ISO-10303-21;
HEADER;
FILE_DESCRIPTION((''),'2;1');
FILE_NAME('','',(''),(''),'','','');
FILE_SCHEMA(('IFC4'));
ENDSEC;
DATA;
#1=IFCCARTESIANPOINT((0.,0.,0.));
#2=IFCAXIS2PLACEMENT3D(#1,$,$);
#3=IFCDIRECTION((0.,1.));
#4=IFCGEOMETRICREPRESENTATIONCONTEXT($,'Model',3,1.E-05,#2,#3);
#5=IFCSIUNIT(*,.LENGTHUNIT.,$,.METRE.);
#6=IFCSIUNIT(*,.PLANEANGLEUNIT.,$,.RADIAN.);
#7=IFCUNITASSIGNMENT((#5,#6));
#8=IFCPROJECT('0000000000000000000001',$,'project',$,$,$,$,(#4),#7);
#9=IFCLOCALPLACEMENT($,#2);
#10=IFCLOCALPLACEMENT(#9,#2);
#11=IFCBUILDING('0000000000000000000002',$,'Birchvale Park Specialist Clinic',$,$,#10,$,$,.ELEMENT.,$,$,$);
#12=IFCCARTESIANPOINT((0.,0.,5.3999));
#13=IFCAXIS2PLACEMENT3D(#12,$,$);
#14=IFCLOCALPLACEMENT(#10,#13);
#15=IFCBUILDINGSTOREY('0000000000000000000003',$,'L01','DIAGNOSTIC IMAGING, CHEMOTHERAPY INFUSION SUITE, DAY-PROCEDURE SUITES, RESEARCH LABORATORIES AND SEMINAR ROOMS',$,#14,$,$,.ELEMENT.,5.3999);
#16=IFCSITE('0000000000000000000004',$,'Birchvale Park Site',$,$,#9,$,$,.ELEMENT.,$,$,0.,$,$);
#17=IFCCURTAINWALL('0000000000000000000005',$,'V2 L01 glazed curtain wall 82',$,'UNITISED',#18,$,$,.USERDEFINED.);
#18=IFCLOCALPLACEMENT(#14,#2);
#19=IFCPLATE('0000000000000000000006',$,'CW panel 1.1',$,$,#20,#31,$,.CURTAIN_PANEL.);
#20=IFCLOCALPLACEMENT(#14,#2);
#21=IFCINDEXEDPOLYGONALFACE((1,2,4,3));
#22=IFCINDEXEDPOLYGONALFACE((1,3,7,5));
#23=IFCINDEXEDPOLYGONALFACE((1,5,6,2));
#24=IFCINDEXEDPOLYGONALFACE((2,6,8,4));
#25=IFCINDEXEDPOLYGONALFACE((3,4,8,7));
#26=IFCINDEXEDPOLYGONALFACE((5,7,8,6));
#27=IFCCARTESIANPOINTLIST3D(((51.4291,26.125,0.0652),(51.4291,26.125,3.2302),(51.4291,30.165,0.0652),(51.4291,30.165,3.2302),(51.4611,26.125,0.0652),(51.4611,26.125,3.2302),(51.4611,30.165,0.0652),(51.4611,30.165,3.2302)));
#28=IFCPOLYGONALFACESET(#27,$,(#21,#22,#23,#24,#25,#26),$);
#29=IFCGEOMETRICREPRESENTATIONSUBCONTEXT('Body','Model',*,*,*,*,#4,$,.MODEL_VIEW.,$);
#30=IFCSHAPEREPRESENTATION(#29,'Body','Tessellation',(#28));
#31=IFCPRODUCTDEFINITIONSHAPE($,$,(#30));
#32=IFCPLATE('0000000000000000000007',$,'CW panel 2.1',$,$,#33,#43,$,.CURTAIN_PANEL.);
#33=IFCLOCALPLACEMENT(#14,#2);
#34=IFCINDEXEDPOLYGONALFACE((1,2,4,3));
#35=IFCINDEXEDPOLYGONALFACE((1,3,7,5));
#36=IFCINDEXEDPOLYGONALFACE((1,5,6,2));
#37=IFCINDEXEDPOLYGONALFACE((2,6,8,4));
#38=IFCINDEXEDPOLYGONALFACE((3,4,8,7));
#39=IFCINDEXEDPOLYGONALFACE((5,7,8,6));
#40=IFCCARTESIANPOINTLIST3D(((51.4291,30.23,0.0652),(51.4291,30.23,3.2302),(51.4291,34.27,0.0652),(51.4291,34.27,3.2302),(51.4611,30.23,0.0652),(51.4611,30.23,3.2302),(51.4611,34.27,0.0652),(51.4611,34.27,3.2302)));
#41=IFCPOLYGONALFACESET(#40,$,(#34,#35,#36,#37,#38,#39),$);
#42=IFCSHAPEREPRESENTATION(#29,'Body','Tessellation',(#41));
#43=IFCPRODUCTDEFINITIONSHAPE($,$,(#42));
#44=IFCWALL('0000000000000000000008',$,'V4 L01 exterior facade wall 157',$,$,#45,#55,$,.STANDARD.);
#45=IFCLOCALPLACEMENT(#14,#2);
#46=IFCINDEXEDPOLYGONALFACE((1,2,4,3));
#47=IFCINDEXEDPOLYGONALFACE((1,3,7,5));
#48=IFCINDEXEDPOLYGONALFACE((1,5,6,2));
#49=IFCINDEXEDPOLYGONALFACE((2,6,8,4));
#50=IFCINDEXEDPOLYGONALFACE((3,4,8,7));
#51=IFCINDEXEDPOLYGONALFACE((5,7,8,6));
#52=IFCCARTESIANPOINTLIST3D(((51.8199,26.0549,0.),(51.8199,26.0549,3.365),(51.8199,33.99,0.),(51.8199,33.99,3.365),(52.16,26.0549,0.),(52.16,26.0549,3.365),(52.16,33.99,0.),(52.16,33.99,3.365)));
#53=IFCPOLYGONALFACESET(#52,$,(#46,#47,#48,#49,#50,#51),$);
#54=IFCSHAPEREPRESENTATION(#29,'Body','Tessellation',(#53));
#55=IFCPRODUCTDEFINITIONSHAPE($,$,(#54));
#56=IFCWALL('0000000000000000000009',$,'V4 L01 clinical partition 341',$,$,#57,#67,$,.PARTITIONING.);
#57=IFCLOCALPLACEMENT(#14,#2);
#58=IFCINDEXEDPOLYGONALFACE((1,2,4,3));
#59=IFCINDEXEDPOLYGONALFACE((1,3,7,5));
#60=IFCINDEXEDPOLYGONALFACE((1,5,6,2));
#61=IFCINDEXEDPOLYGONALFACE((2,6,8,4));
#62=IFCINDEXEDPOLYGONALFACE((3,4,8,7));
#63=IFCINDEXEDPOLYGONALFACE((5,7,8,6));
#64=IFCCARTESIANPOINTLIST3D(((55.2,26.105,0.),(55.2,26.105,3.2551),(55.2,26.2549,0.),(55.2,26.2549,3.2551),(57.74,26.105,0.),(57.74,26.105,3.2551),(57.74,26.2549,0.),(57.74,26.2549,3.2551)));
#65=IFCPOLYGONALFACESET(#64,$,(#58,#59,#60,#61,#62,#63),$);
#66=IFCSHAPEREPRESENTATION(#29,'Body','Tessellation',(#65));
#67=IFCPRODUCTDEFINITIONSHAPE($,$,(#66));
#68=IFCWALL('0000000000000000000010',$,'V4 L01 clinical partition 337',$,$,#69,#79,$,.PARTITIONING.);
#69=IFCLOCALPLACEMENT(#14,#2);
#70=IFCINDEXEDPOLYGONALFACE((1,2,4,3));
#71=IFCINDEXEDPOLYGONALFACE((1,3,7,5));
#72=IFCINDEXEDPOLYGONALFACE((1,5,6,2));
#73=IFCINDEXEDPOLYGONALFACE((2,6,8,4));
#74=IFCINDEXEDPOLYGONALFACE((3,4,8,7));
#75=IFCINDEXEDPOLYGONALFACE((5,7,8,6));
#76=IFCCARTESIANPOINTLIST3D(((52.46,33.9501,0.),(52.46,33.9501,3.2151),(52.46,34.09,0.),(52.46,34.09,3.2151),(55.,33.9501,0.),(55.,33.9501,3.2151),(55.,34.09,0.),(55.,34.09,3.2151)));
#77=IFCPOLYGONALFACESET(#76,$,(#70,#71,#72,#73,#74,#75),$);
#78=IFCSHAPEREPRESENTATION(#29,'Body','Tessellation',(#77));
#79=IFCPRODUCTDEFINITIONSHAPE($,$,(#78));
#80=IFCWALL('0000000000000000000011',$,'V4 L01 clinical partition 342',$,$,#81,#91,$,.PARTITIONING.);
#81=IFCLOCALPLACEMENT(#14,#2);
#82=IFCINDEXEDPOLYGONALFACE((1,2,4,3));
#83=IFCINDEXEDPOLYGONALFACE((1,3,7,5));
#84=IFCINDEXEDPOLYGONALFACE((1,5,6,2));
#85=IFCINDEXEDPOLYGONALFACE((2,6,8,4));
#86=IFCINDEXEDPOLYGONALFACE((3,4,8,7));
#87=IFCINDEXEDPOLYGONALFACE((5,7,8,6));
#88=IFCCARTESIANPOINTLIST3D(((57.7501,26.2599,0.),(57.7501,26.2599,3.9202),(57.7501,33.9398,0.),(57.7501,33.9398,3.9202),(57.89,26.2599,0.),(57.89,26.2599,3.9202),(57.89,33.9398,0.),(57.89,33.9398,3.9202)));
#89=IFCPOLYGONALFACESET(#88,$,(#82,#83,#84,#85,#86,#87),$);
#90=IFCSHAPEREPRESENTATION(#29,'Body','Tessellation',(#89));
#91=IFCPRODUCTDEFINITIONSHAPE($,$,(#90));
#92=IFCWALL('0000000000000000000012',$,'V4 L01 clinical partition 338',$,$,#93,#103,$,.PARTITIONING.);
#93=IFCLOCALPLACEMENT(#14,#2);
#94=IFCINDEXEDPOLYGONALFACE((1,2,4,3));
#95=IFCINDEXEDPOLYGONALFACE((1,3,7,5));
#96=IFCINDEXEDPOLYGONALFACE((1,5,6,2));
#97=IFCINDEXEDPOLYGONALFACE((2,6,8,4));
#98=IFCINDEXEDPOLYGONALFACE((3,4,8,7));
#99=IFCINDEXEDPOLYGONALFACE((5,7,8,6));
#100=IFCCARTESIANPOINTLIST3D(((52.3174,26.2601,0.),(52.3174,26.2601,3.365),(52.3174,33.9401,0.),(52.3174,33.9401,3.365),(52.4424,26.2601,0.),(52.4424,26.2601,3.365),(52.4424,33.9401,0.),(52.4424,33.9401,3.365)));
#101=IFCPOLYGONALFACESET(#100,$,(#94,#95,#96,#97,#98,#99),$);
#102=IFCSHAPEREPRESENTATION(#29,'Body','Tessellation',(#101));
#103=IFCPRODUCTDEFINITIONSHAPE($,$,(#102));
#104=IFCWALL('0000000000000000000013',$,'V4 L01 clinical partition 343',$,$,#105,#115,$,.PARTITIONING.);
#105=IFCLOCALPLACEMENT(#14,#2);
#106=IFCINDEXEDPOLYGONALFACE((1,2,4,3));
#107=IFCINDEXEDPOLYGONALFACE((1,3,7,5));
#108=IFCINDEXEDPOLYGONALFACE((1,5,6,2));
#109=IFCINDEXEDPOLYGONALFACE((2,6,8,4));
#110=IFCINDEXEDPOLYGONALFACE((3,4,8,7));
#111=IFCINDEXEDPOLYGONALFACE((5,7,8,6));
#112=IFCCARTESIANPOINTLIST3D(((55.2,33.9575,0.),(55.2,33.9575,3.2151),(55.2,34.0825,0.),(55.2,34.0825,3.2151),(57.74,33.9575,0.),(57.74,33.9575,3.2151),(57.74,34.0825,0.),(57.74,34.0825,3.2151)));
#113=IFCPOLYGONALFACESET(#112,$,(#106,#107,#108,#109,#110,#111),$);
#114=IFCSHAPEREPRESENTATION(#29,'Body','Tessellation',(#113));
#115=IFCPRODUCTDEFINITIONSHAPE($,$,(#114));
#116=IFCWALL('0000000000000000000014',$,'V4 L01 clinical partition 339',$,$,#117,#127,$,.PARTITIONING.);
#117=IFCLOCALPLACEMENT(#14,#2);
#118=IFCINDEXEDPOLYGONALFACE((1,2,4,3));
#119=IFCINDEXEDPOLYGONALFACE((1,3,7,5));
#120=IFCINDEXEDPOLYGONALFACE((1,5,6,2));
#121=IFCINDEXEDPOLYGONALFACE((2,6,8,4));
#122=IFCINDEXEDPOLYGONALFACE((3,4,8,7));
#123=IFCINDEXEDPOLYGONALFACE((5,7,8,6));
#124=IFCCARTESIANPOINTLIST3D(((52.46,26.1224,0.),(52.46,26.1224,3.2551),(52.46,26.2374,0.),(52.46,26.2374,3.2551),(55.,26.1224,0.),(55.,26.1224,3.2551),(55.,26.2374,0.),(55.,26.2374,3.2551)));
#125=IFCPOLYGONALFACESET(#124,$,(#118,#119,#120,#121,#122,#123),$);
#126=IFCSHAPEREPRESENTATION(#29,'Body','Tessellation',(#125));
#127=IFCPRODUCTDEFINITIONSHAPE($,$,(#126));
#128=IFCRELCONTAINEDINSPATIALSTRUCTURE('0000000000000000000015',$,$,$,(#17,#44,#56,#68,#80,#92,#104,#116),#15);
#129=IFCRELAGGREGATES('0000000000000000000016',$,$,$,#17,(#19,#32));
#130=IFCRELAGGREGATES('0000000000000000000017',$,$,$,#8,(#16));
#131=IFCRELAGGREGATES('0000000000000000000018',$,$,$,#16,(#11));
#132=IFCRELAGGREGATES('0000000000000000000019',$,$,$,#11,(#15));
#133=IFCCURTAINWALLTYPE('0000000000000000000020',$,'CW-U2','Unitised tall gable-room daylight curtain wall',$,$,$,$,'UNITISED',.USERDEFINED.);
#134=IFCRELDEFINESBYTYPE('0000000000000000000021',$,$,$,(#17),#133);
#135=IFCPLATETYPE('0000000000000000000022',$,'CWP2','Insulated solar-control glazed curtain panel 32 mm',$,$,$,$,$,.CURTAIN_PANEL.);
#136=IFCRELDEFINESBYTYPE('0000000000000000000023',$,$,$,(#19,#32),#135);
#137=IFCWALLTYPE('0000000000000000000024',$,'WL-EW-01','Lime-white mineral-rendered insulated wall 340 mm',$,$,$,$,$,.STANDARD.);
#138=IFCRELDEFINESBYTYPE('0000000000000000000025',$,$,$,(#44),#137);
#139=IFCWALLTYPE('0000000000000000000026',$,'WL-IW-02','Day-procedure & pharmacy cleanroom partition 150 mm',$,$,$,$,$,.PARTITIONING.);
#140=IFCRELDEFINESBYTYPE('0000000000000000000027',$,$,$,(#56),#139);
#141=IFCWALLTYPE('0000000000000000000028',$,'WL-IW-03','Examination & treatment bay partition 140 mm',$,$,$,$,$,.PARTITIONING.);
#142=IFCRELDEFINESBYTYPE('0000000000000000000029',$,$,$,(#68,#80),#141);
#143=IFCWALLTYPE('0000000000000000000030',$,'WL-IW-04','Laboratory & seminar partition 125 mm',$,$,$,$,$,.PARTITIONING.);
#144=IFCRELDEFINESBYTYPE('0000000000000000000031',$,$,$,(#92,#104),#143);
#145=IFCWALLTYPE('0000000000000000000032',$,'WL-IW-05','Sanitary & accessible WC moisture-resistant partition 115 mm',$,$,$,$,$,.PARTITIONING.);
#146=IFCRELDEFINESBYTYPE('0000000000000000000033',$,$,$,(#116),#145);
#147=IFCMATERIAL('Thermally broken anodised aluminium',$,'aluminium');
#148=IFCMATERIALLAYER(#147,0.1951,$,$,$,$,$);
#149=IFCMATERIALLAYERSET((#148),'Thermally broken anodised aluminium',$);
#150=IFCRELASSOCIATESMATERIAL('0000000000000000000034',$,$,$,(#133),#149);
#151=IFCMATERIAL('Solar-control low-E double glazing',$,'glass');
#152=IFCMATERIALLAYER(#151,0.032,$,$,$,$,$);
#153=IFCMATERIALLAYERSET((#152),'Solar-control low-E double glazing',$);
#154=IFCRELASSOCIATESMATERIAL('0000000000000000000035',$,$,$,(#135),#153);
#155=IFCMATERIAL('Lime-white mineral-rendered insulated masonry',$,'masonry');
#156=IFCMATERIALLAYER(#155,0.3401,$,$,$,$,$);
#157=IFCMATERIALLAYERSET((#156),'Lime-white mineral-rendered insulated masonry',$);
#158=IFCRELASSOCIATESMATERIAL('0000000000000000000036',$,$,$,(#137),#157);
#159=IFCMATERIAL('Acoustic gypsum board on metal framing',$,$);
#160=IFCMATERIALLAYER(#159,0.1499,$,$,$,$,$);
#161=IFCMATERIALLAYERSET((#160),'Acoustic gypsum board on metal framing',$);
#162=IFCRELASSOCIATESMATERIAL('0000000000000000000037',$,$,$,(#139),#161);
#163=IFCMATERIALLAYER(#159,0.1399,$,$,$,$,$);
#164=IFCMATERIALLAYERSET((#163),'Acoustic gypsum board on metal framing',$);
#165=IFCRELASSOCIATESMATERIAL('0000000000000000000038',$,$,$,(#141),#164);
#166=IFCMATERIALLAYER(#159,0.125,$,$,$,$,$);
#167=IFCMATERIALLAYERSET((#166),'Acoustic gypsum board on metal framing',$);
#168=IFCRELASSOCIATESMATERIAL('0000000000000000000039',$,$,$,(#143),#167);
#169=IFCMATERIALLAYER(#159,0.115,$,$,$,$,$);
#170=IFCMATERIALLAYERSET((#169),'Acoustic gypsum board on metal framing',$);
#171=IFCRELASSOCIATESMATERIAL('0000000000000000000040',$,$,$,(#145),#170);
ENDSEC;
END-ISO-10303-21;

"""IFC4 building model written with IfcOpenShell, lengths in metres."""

from ifc_helpers import new_model, si_unit, direction, frame, frame_2d, origin, origin_2d, place, context, subcontext, project, spatial, rectangle, extrude, material, layer, layer_set, type_object, element, aggregate, save


model = new_model("IFC4")

# Units and contexts
model_context = context("Model", 3, precision=1e-05, world=origin(), true_north=direction((0.0, 1.0)))
body_context = subcontext(model_context, "Body", "Model", "MODEL_VIEW")
ifc_project = project(units=[si_unit("LENGTHUNIT", "METRE"), si_unit("PLANEANGLEUNIT", "RADIAN")], contexts=[model_context])

# Site, building, storey
site_placement = place(None, origin())
site = spatial("IfcSite", under=ifc_project, at=site_placement, Name="Birchvale Park Site", CompositionType="ELEMENT", RefElevation=0.0)
building_placement = place(site_placement, origin())
building = spatial("IfcBuilding", under=site, at=building_placement, Name="Birchvale Park Specialist Clinic", CompositionType="ELEMENT")
storey_placement = place(building_placement, frame((0.0, 0.0, 5.3999)))
storey = spatial("IfcBuildingStorey", under=building, at=storey_placement, Name="L01", Description="DIAGNOSTIC IMAGING, CHEMOTHERAPY INFUSION SUITE, DAY-PROCEDURE SUITES, RESEARCH LABORATORIES AND SEMINAR ROOMS", CompositionType="ELEMENT", Elevation=5.3999)

# Curtain wall
ifc_material_1 = material(Name="Thermally broken anodised aluminium", Category="aluminium")
ifc_layer_1 = layer(ifc_material_1, 0.1951)
ifc_layer_set_1 = layer_set([ifc_layer_1], Name="Thermally broken anodised aluminium")
curtain_wall_type_1 = type_object("IfcCurtainWallType", Name="CW-U2", Description="Unitised tall gable-room daylight curtain wall", ElementType="UNITISED", PredefinedType="USERDEFINED", material=ifc_layer_set_1)
curtain_wall_1_placement = place(storey_placement, origin())
curtain_wall_1 = element("IfcCurtainWall", 1, at=curtain_wall_1_placement, inside=storey, type_object=curtain_wall_type_1, Name="V2 L01 glazed curtain wall 82", ObjectType="UNITISED", PredefinedType="USERDEFINED")

# Plates
ifc_material_2 = material(Name="Solar-control low-E double glazing", Category="glass")
ifc_layer_2 = layer(ifc_material_2, 0.032)
ifc_layer_set_2 = layer_set([ifc_layer_2], Name="Solar-control low-E double glazing")
plate_type_1 = type_object("IfcPlateType", Name="CWP2", Description="Insulated solar-control glazed curtain panel 32 mm", PredefinedType="CURTAIN_PANEL", material=ifc_layer_set_2)
plate_1_placement = place(storey_placement, frame((51.4451, 28.145, 0.0652), z_axis=(0.0, 0.0, 1.0), x_axis=(0.0, 1.0, 0.0)))
plate_1 = element("IfcPlate", 2, at=plate_1_placement, type_object=plate_type_1, Name="CW panel 1.1", PredefinedType="CURTAIN_PANEL", context=body_context, shape_type="SweptSolid", body=[
    extrude(rectangle(XDim=4.04, YDim=0.032, at=origin_2d()), origin(), (0.0, 0.0, 1.0), 3.165),
])
plate_2_placement = place(storey_placement, frame((51.4451, 32.25, 0.0652), z_axis=(0.0, 0.0, 1.0), x_axis=(0.0, 1.0, 0.0)))
plate_2 = element("IfcPlate", 3, at=plate_2_placement, type_object=plate_type_1, Name="CW panel 2.1", PredefinedType="CURTAIN_PANEL", context=body_context, shape_type="SweptSolid", body=[
    extrude(rectangle(XDim=4.04, YDim=0.032, at=origin_2d()), origin(), (0.0, 0.0, 1.0), 3.165),
])
aggregate(curtain_wall_1, [plate_1, plate_2])

# Walls
ifc_material_3 = material(Name="Lime-white mineral-rendered insulated masonry", Category="masonry")
ifc_layer_3 = layer(ifc_material_3, 0.3401)
ifc_layer_set_3 = layer_set([ifc_layer_3], Name="Lime-white mineral-rendered insulated masonry")
wall_type_1 = type_object("IfcWallType", Name="WL-EW-01", Description="Lime-white mineral-rendered insulated wall 340 mm", PredefinedType="STANDARD", material=ifc_layer_set_3)
wall_1_placement = place(storey_placement, frame((51.99, 33.99, 0.0), z_axis=(0.0, 0.0, 1.0), x_axis=(0.0, -1.0, 0.0)))
element("IfcWall", 4, at=wall_1_placement, inside=storey, type_object=wall_type_1, Name="V4 L01 exterior facade wall 157", PredefinedType="STANDARD", context=body_context, shape_type="SweptSolid", body=[
    extrude(rectangle(XDim=7.9351, YDim=0.3401, at=frame_2d((3.9675, 0.0))), origin(), (0.0, 0.0, 1.0), 3.365),
])
ifc_material_4 = material(Name="Acoustic gypsum board on metal framing")
ifc_layer_4 = layer(ifc_material_4, 0.1499)
ifc_layer_set_4 = layer_set([ifc_layer_4], Name="Acoustic gypsum board on metal framing")
wall_type_2 = type_object("IfcWallType", Name="WL-IW-02", Description="Day-procedure & pharmacy cleanroom partition 150 mm", PredefinedType="PARTITIONING", material=ifc_layer_set_4)
wall_2_placement = place(storey_placement, frame((55.2, 26.1799, 0.0), z_axis=(0.0, 0.0, 1.0), x_axis=(1.0, 0.0, 0.0)))
element("IfcWall", 5, at=wall_2_placement, inside=storey, type_object=wall_type_2, Name="V4 L01 clinical partition 341", PredefinedType="PARTITIONING", context=body_context, shape_type="SweptSolid", body=[
    extrude(rectangle(XDim=2.54, YDim=0.1499, at=frame_2d((1.27, 0.0))), origin(), (0.0, 0.0, 1.0), 3.2551),
])
ifc_layer_5 = layer(ifc_material_4, 0.1399)
ifc_layer_set_5 = layer_set([ifc_layer_5], Name="Acoustic gypsum board on metal framing")
wall_type_3 = type_object("IfcWallType", Name="WL-IW-03", Description="Examination & treatment bay partition 140 mm", PredefinedType="PARTITIONING", material=ifc_layer_set_5)
wall_3_placement = place(storey_placement, frame((55.0, 34.02, 0.0), z_axis=(0.0, 0.0, 1.0), x_axis=(-1.0, 0.0, 0.0)))
element("IfcWall", 6, at=wall_3_placement, inside=storey, type_object=wall_type_3, Name="V4 L01 clinical partition 337", PredefinedType="PARTITIONING", context=body_context, shape_type="SweptSolid", body=[
    extrude(rectangle(XDim=2.54, YDim=0.1399, at=frame_2d((1.27, 0.0))), origin(), (0.0, 0.0, 1.0), 3.2151),
])
wall_4_placement = place(storey_placement, frame((57.8201, 26.26, 0.0), z_axis=(0.0, 0.0, 1.0), x_axis=(0.0, 1.0, 0.0)))
element("IfcWall", 7, at=wall_4_placement, inside=storey, type_object=wall_type_3, Name="V4 L01 clinical partition 342", PredefinedType="PARTITIONING", context=body_context, shape_type="SweptSolid", body=[
    extrude(rectangle(XDim=7.6799, YDim=0.1399, at=frame_2d((3.8398, 0.0))), origin(), (0.0, 0.0, 1.0), 3.9202),
])
ifc_layer_6 = layer(ifc_material_4, 0.125)
ifc_layer_set_6 = layer_set([ifc_layer_6], Name="Acoustic gypsum board on metal framing")
wall_type_4 = type_object("IfcWallType", Name="WL-IW-04", Description="Laboratory & seminar partition 125 mm", PredefinedType="PARTITIONING", material=ifc_layer_set_6)
wall_5_placement = place(storey_placement, frame((52.3799, 33.9399, 0.0), z_axis=(0.0, 0.0, 1.0), x_axis=(0.0, -1.0, 0.0)))
element("IfcWall", 8, at=wall_5_placement, inside=storey, type_object=wall_type_4, Name="V4 L01 clinical partition 338", PredefinedType="PARTITIONING", context=body_context, shape_type="SweptSolid", body=[
    extrude(rectangle(XDim=7.6799, YDim=0.125, at=frame_2d((3.8398, 0.0))), origin(), (0.0, 0.0, 1.0), 3.365),
])
wall_6_placement = place(storey_placement, frame((57.74, 34.02, 0.0), z_axis=(0.0, 0.0, 1.0), x_axis=(-1.0, 0.0, 0.0)))
element("IfcWall", 9, at=wall_6_placement, inside=storey, type_object=wall_type_4, Name="V4 L01 clinical partition 343", PredefinedType="PARTITIONING", context=body_context, shape_type="SweptSolid", body=[
    extrude(rectangle(XDim=2.54, YDim=0.125, at=frame_2d((1.27, 0.0))), origin(), (0.0, 0.0, 1.0), 3.2151),
])
ifc_layer_7 = layer(ifc_material_4, 0.115)
ifc_layer_set_7 = layer_set([ifc_layer_7], Name="Acoustic gypsum board on metal framing")
wall_type_5 = type_object("IfcWallType", Name="WL-IW-05", Description="Sanitary & accessible WC moisture-resistant partition 115 mm", PredefinedType="PARTITIONING", material=ifc_layer_set_7)
wall_7_placement = place(storey_placement, frame((52.46, 26.1799, 0.0), z_axis=(0.0, 0.0, 1.0), x_axis=(1.0, 0.0, 0.0)))
element("IfcWall", 10, at=wall_7_placement, inside=storey, type_object=wall_type_5, Name="V4 L01 clinical partition 339", PredefinedType="PARTITIONING", context=body_context, shape_type="SweptSolid", body=[
    extrude(rectangle(XDim=2.54, YDim=0.115, at=frame_2d((1.27, 0.0))), origin(), (0.0, 0.0, 1.0), 3.2551),
])

save(model, "model.ifc")
